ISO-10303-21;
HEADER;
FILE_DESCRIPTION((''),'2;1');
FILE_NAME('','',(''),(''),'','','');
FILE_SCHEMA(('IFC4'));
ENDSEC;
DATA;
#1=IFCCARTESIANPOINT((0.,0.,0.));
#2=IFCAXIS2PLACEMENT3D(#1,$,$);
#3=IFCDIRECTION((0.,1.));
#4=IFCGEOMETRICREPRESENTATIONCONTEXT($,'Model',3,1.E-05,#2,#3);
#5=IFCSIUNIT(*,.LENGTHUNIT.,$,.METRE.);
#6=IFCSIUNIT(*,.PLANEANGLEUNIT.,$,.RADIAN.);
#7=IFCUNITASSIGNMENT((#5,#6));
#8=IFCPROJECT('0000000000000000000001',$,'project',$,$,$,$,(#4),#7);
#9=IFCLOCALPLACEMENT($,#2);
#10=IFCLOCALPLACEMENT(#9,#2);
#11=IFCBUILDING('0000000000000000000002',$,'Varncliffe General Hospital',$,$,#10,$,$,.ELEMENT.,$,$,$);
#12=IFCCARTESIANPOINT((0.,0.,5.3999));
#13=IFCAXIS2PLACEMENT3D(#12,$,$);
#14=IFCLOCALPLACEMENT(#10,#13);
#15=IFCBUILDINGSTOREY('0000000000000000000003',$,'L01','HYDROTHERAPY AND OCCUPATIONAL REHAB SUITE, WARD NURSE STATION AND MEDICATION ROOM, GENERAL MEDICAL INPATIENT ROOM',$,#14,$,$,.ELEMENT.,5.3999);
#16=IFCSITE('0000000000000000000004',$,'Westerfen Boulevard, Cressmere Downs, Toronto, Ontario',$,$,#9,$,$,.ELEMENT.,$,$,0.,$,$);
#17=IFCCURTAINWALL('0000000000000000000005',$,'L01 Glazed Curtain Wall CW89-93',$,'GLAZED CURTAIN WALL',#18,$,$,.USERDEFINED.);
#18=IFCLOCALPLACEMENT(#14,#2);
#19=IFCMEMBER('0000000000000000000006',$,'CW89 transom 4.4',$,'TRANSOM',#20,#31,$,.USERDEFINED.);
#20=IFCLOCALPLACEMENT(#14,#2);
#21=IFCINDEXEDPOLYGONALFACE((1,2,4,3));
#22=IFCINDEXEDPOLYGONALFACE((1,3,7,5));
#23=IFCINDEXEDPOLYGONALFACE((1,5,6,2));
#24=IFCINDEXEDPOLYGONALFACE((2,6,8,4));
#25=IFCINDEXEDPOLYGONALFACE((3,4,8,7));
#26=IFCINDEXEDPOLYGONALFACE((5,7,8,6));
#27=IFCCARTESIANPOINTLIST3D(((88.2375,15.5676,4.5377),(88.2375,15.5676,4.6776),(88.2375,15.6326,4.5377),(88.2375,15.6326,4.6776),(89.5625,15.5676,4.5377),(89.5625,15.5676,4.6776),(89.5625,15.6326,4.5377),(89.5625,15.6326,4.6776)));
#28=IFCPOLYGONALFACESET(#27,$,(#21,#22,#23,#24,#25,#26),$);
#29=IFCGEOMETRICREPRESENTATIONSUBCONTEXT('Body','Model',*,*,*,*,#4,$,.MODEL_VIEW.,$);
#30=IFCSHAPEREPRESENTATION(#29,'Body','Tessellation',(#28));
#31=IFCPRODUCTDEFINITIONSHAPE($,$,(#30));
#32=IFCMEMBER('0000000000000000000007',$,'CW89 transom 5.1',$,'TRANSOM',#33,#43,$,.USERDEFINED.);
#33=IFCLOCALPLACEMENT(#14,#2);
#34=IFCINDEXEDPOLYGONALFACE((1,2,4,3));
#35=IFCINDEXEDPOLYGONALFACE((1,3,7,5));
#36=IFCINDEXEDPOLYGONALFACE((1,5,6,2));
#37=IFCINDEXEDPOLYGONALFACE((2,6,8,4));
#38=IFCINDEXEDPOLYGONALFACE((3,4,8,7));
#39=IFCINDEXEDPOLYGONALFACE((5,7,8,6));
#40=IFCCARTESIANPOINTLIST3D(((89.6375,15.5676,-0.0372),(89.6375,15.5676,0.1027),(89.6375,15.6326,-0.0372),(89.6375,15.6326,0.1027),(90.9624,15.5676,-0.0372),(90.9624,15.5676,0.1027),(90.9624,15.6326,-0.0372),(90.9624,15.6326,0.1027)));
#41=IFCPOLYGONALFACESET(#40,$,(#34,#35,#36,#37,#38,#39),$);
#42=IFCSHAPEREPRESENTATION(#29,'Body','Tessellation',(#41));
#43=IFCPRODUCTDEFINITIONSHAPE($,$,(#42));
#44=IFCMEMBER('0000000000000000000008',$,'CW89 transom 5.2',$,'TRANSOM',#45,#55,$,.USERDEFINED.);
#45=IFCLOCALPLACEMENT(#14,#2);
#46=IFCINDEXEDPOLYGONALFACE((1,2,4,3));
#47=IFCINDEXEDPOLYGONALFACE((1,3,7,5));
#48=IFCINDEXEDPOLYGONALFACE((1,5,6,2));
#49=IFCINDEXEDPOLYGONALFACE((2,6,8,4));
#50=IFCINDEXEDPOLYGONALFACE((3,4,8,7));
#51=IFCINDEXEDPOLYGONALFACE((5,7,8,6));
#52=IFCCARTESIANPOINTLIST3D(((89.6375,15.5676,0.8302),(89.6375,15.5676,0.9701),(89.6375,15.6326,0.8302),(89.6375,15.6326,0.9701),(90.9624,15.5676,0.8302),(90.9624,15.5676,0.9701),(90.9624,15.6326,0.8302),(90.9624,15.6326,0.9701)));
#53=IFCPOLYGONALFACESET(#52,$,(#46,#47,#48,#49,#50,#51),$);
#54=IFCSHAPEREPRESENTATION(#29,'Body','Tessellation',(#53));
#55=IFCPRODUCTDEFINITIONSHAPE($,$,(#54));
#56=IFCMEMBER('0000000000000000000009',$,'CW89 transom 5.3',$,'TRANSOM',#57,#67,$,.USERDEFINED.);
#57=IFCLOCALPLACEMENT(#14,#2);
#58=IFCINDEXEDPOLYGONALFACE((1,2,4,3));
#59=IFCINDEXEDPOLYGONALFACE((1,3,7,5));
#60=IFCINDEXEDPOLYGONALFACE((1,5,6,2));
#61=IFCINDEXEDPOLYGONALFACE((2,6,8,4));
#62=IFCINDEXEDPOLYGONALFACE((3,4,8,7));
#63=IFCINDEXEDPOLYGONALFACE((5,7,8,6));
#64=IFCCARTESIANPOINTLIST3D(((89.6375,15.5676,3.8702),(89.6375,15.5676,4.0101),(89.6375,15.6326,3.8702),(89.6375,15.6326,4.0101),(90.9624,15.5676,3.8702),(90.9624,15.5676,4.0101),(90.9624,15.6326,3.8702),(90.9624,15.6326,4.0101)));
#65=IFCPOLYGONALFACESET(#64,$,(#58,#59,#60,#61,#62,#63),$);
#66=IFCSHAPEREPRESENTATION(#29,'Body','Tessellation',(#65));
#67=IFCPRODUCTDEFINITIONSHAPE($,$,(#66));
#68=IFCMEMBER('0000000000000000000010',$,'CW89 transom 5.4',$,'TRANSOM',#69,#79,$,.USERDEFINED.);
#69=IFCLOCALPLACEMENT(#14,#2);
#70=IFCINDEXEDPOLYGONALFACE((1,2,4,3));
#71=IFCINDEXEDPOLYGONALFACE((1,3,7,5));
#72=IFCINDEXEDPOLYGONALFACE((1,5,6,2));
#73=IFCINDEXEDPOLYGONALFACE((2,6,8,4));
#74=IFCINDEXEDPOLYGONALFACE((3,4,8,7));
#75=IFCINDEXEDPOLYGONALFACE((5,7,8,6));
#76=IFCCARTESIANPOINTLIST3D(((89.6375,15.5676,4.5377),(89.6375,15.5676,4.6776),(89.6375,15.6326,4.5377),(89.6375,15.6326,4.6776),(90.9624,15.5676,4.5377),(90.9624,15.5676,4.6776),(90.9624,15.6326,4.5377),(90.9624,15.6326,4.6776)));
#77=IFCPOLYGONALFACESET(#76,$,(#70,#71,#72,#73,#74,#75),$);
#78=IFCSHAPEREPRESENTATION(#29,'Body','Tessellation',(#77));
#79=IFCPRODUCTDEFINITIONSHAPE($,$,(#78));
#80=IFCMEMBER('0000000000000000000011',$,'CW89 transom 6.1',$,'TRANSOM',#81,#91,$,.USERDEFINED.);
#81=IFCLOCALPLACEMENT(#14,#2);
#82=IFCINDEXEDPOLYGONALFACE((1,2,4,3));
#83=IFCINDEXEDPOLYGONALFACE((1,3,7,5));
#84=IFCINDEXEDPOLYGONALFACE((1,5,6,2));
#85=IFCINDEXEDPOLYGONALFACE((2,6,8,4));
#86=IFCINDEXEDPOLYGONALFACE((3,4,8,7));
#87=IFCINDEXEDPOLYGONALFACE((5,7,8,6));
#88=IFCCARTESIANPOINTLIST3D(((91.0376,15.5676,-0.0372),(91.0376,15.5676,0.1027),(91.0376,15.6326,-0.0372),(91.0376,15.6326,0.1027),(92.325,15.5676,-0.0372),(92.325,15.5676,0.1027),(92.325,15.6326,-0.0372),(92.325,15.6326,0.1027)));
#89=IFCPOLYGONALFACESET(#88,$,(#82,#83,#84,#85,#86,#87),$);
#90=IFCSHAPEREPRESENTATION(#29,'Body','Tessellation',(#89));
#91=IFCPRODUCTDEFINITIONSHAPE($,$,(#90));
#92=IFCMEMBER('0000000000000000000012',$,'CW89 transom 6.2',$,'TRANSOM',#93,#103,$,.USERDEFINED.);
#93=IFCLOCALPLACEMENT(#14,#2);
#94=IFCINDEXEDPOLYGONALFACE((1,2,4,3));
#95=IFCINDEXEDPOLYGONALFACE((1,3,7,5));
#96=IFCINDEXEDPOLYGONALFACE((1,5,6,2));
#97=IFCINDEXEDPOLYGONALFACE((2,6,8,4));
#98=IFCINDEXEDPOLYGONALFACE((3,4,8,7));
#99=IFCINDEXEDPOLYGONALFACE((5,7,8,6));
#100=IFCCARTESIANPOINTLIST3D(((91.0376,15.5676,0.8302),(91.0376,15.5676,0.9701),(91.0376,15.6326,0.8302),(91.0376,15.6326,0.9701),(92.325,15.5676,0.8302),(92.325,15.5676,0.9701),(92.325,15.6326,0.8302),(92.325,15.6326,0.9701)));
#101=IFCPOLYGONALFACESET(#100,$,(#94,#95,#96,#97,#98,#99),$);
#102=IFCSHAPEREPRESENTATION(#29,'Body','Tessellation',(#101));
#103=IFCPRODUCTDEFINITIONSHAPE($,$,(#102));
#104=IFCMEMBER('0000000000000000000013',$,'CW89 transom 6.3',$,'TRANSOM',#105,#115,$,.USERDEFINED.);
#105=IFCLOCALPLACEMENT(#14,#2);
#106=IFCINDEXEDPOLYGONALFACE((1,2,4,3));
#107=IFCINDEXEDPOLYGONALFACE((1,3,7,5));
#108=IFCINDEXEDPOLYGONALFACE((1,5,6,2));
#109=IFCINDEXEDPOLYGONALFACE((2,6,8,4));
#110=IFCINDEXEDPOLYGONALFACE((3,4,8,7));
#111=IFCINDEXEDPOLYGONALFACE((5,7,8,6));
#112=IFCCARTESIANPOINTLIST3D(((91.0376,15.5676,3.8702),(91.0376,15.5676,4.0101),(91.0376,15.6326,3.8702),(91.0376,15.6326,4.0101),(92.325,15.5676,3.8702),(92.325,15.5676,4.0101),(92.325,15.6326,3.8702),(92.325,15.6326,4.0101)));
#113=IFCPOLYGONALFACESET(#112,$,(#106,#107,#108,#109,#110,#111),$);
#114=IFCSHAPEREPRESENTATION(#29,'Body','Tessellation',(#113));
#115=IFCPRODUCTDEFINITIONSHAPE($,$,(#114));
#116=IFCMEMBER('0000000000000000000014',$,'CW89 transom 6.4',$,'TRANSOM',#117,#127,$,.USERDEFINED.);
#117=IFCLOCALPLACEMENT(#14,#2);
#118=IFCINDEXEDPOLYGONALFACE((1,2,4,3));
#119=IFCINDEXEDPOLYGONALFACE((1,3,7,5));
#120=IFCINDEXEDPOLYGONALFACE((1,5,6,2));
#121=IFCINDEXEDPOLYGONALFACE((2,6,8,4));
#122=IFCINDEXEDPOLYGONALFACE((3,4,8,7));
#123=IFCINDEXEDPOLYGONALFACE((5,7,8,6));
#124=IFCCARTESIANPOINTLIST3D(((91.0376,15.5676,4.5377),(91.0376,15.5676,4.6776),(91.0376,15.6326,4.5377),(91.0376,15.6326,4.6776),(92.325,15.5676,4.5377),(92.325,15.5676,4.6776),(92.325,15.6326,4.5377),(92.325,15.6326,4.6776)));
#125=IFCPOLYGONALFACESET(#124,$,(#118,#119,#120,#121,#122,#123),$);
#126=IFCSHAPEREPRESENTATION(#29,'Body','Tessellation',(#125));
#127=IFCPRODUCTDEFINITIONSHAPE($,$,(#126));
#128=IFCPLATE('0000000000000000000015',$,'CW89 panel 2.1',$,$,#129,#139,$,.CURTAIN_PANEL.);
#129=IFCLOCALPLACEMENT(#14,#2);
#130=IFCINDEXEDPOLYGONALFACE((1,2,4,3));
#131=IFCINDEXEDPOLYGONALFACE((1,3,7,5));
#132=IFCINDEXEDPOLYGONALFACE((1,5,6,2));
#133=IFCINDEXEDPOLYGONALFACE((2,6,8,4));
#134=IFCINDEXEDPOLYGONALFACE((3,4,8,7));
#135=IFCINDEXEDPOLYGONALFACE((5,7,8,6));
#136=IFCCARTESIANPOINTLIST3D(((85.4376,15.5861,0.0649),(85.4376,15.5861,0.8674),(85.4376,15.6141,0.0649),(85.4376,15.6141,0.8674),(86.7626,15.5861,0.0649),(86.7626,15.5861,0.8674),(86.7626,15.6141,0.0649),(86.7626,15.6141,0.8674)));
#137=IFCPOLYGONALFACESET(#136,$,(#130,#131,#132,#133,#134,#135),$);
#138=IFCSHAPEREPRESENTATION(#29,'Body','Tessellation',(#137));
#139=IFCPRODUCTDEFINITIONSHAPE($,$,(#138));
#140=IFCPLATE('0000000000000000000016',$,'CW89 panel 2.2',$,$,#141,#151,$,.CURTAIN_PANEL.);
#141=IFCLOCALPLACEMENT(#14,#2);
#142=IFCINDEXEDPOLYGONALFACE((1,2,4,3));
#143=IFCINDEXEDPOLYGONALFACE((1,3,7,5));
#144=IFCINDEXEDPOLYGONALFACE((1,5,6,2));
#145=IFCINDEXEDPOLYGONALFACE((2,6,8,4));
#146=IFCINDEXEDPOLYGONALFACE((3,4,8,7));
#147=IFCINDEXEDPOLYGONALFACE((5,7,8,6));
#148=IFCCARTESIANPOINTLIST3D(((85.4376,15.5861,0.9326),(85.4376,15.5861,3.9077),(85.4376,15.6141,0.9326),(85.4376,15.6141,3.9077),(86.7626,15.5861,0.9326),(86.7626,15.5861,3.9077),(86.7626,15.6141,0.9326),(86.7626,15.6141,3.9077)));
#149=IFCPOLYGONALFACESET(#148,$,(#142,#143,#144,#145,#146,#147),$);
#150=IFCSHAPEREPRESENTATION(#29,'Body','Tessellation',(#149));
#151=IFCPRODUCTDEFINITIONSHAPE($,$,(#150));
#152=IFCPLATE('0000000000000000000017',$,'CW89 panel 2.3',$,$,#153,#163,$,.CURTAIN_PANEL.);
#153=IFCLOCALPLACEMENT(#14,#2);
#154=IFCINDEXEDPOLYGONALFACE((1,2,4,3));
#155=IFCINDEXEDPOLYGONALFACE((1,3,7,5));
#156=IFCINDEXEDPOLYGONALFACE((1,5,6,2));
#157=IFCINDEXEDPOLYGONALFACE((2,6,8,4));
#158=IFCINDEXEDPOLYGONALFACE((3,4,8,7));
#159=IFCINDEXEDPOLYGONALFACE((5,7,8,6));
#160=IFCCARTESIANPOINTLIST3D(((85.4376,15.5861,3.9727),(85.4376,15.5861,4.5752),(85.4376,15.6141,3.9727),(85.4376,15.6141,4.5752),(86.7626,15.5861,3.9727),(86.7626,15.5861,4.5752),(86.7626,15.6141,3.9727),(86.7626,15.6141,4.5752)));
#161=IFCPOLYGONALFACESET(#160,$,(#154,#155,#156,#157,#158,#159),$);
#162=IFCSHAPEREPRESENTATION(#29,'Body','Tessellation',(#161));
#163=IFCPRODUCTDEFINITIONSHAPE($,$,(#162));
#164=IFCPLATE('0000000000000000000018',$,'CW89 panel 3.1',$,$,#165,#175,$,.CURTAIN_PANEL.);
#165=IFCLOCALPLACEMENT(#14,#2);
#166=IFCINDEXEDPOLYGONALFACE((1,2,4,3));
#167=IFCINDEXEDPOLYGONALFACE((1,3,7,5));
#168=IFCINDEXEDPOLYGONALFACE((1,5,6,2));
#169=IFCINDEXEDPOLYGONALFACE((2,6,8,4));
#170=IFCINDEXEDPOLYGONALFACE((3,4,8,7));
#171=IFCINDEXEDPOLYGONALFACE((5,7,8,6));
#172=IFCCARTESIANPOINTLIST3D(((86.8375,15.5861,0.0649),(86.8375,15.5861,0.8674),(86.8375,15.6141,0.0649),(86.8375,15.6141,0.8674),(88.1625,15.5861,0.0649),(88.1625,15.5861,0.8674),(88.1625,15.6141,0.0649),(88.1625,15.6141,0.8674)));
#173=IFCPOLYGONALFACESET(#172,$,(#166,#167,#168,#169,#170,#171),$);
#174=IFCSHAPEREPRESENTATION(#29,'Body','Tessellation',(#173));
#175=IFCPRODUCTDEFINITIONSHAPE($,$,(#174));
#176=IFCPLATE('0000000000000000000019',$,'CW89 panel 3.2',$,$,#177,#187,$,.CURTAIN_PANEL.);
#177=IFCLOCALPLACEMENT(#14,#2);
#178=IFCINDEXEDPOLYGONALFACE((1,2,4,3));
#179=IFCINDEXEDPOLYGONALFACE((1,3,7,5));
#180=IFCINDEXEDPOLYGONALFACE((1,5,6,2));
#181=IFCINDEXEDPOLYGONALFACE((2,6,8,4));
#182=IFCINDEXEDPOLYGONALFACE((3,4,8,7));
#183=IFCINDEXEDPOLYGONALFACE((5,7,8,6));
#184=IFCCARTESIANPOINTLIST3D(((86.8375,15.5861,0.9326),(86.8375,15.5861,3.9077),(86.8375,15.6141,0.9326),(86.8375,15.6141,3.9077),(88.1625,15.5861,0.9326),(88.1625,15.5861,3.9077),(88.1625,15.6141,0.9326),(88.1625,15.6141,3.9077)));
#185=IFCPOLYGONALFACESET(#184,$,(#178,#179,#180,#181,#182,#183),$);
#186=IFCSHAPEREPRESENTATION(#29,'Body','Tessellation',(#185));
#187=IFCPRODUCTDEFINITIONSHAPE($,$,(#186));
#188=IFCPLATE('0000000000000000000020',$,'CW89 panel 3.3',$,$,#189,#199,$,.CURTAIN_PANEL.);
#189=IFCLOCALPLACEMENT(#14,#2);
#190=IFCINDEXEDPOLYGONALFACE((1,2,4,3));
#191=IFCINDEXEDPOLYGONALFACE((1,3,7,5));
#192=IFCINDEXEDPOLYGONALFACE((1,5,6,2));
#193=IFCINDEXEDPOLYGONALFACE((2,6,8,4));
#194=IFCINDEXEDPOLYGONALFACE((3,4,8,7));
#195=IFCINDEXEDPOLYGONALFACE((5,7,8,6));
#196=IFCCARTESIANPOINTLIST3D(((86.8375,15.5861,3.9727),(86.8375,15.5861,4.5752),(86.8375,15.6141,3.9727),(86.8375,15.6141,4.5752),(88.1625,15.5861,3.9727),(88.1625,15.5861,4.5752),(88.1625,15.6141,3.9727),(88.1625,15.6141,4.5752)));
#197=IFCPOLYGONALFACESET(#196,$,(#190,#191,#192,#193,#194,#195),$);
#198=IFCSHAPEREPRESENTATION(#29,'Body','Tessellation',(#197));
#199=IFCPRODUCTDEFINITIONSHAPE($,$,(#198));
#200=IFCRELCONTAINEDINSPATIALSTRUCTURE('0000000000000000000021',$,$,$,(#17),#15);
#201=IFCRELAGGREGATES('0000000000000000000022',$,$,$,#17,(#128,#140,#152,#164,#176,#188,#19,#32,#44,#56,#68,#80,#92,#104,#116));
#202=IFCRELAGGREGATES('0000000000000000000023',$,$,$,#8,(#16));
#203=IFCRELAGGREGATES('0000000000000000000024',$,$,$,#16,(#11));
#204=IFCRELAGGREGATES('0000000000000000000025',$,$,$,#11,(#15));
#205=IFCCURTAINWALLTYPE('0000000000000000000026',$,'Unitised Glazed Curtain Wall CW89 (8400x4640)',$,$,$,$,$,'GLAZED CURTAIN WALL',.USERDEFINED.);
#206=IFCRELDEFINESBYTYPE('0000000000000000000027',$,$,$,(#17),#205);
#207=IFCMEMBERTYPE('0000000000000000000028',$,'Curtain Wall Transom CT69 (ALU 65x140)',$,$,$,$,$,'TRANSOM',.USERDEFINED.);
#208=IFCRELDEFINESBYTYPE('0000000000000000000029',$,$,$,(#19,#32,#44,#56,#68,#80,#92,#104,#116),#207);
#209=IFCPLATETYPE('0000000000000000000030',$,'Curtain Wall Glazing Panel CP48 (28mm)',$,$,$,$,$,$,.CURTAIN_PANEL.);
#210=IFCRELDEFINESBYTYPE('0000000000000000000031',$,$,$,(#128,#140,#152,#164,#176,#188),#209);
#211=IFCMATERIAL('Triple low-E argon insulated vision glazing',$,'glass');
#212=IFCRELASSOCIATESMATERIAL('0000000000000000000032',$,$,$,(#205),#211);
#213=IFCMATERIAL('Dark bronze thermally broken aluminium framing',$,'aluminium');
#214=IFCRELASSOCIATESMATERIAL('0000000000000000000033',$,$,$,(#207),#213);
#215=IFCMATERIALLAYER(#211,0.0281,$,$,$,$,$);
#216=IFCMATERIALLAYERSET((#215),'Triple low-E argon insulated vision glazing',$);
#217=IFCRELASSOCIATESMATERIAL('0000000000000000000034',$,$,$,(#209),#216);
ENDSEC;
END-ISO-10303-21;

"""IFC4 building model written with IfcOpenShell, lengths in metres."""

from ifc_helpers import new_model, si_unit, direction, frame, origin, origin_2d, place, context, subcontext, project, spatial, rectangle, extrude, material, layer, layer_set, material_profile, profile_set, type_object, element, aggregate, save


model = new_model("IFC4")

# Units and contexts
model_context = context("Model", 3, precision=1e-05, world=origin(), true_north=direction((0.0, 1.0)))
body_context = subcontext(model_context, "Body", "Model", "MODEL_VIEW")
ifc_project = project(units=[si_unit("LENGTHUNIT", "METRE"), si_unit("PLANEANGLEUNIT", "RADIAN")], contexts=[model_context])

# Site, building, storey
site_placement = place(None, origin())
site = spatial("IfcSite", under=ifc_project, at=site_placement, Name="Westerfen Boulevard, Cressmere Downs, Toronto, Ontario", CompositionType="ELEMENT", RefElevation=0.0)
building_placement = place(site_placement, origin())
building = spatial("IfcBuilding", under=site, at=building_placement, Name="Varncliffe General Hospital", CompositionType="ELEMENT")
storey_placement = place(building_placement, frame((0.0, 0.0, 5.3999)))
storey = spatial("IfcBuildingStorey", under=building, at=storey_placement, Name="L01", Description="HYDROTHERAPY AND OCCUPATIONAL REHAB SUITE, WARD NURSE STATION AND MEDICATION ROOM, GENERAL MEDICAL INPATIENT ROOM", CompositionType="ELEMENT", Elevation=5.3999)

# Curtain wall, members, plates
ifc_material_1 = material(Name="Triple low-E argon insulated vision glazing", Category="glass")
curtain_wall_type = type_object("IfcCurtainWallType", Name="Unitised Glazed Curtain Wall CW89 (8400x4640)", ElementType="GLAZED CURTAIN WALL", PredefinedType="USERDEFINED", material=ifc_material_1)
curtain_wall_placement = place(storey_placement, origin())
curtain_wall = element("IfcCurtainWall", 1, at=curtain_wall_placement, inside=storey, type_object=curtain_wall_type, Name="L01 Glazed Curtain Wall CW89-93", ObjectType="GLAZED CURTAIN WALL", PredefinedType="USERDEFINED")
ifc_material_2 = material(Name="Dark bronze thermally broken aluminium framing", Category="aluminium")
ifc_material_profile_1 = material_profile(ifc_material_2, rectangle(XDim=0.0649, YDim=0.1399, at=origin_2d()), Name="ALU 65x140")
ifc_profile_set_1 = profile_set([ifc_material_profile_1], Name="Dark bronze thermally broken aluminium framing")
member_type_1 = type_object("IfcMemberType", Name="Curtain Wall Transom CT69 (ALU 65x140)", ElementType="TRANSOM", PredefinedType="USERDEFINED", material=ifc_profile_set_1)
member_1_placement = place(storey_placement, frame((88.2375, 15.6001, 4.6077), z_axis=(1.0, 0.0, 0.0), x_axis=(0.0, 1.0, 0.0)))
member_1 = element("IfcMember", 2, at=member_1_placement, type_object=member_type_1, Name="CW89 transom 4.4", ObjectType="TRANSOM", PredefinedType="USERDEFINED", context=body_context, shape_type="SweptSolid", body=[
    extrude(rectangle(XDim=0.0649, YDim=0.1399, at=origin_2d()), origin(), (0.0, 0.0, 1.0), 1.325),
])
member_2_placement = place(storey_placement, frame((89.6375, 15.6001, 0.0327), z_axis=(1.0, 0.0, 0.0), x_axis=(0.0, 1.0, 0.0)))
member_2 = element("IfcMember", 3, at=member_2_placement, type_object=member_type_1, Name="CW89 transom 5.1", ObjectType="TRANSOM", PredefinedType="USERDEFINED", context=body_context, shape_type="SweptSolid", body=[
    extrude(rectangle(XDim=0.0649, YDim=0.1399, at=origin_2d()), origin(), (0.0, 0.0, 1.0), 1.325),
])
member_3_placement = place(storey_placement, frame((89.6375, 15.6001, 0.9001), z_axis=(1.0, 0.0, 0.0), x_axis=(0.0, 1.0, 0.0)))
member_3 = element("IfcMember", 4, at=member_3_placement, type_object=member_type_1, Name="CW89 transom 5.2", ObjectType="TRANSOM", PredefinedType="USERDEFINED", context=body_context, shape_type="SweptSolid", body=[
    extrude(rectangle(XDim=0.0649, YDim=0.1399, at=origin_2d()), origin(), (0.0, 0.0, 1.0), 1.325),
])
member_4_placement = place(storey_placement, frame((89.6375, 15.6001, 3.9402), z_axis=(1.0, 0.0, 0.0), x_axis=(0.0, 1.0, 0.0)))
member_4 = element("IfcMember", 5, at=member_4_placement, type_object=member_type_1, Name="CW89 transom 5.3", ObjectType="TRANSOM", PredefinedType="USERDEFINED", context=body_context, shape_type="SweptSolid", body=[
    extrude(rectangle(XDim=0.0649, YDim=0.1399, at=origin_2d()), origin(), (0.0, 0.0, 1.0), 1.325),
])
member_5_placement = place(storey_placement, frame((89.6375, 15.6001, 4.6077), z_axis=(1.0, 0.0, 0.0), x_axis=(0.0, 1.0, 0.0)))
member_5 = element("IfcMember", 6, at=member_5_placement, type_object=member_type_1, Name="CW89 transom 5.4", ObjectType="TRANSOM", PredefinedType="USERDEFINED", context=body_context, shape_type="SweptSolid", body=[
    extrude(rectangle(XDim=0.0649, YDim=0.1399, at=origin_2d()), origin(), (0.0, 0.0, 1.0), 1.325),
])
member_6_placement = place(storey_placement, frame((91.0376, 15.6001, 0.0327), z_axis=(1.0, 0.0, 0.0), x_axis=(0.0, 1.0, 0.0)))
member_6 = element("IfcMember", 7, at=member_6_placement, type_object=member_type_1, Name="CW89 transom 6.1", ObjectType="TRANSOM", PredefinedType="USERDEFINED", context=body_context, shape_type="SweptSolid", body=[
    extrude(rectangle(XDim=0.0649, YDim=0.1399, at=origin_2d()), origin(), (0.0, 0.0, 1.0), 1.2874),
])
member_7_placement = place(storey_placement, frame((91.0376, 15.6001, 0.9001), z_axis=(1.0, 0.0, 0.0), x_axis=(0.0, 1.0, 0.0)))
member_7 = element("IfcMember", 8, at=member_7_placement, type_object=member_type_1, Name="CW89 transom 6.2", ObjectType="TRANSOM", PredefinedType="USERDEFINED", context=body_context, shape_type="SweptSolid", body=[
    extrude(rectangle(XDim=0.0649, YDim=0.1399, at=origin_2d()), origin(), (0.0, 0.0, 1.0), 1.2874),
])
member_8_placement = place(storey_placement, frame((91.0376, 15.6001, 3.9402), z_axis=(1.0, 0.0, 0.0), x_axis=(0.0, 1.0, 0.0)))
member_8 = element("IfcMember", 9, at=member_8_placement, type_object=member_type_1, Name="CW89 transom 6.3", ObjectType="TRANSOM", PredefinedType="USERDEFINED", context=body_context, shape_type="SweptSolid", body=[
    extrude(rectangle(XDim=0.0649, YDim=0.1399, at=origin_2d()), origin(), (0.0, 0.0, 1.0), 1.2874),
])
member_9_placement = place(storey_placement, frame((91.0376, 15.6001, 4.6077), z_axis=(1.0, 0.0, 0.0), x_axis=(0.0, 1.0, 0.0)))
member_9 = element("IfcMember", 10, at=member_9_placement, type_object=member_type_1, Name="CW89 transom 6.4", ObjectType="TRANSOM", PredefinedType="USERDEFINED", context=body_context, shape_type="SweptSolid", body=[
    extrude(rectangle(XDim=0.0649, YDim=0.1399, at=origin_2d()), origin(), (0.0, 0.0, 1.0), 1.2874),
])
ifc_layer = layer(ifc_material_1, 0.0281)
ifc_layer_set = layer_set([ifc_layer], Name="Triple low-E argon insulated vision glazing")
plate_type = type_object("IfcPlateType", Name="Curtain Wall Glazing Panel CP48 (28mm)", PredefinedType="CURTAIN_PANEL", material=ifc_layer_set)
plate_1_placement = place(storey_placement, frame((86.1001, 15.6001, 0.0649), z_axis=(0.0, 0.0, 1.0), x_axis=(1.0, 0.0, 0.0)))
plate_1 = element("IfcPlate", 11, at=plate_1_placement, type_object=plate_type, Name="CW89 panel 2.1", PredefinedType="CURTAIN_PANEL", context=body_context, shape_type="SweptSolid", body=[
    extrude(rectangle(XDim=1.325, YDim=0.0281, at=origin_2d()), origin(), (0.0, 0.0, 1.0), 0.8025),
])
plate_2_placement = place(storey_placement, frame((86.1001, 15.6001, 0.9326), z_axis=(0.0, 0.0, 1.0), x_axis=(1.0, 0.0, 0.0)))
plate_2 = element("IfcPlate", 12, at=plate_2_placement, type_object=plate_type, Name="CW89 panel 2.2", PredefinedType="CURTAIN_PANEL", context=body_context, shape_type="SweptSolid", body=[
    extrude(rectangle(XDim=1.325, YDim=0.0281, at=origin_2d()), origin(), (0.0, 0.0, 1.0), 2.9751),
])
plate_3_placement = place(storey_placement, frame((86.1001, 15.6001, 3.9727), z_axis=(0.0, 0.0, 1.0), x_axis=(1.0, 0.0, 0.0)))
plate_3 = element("IfcPlate", 13, at=plate_3_placement, type_object=plate_type, Name="CW89 panel 2.3", PredefinedType="CURTAIN_PANEL", context=body_context, shape_type="SweptSolid", body=[
    extrude(rectangle(XDim=1.325, YDim=0.0281, at=origin_2d()), origin(), (0.0, 0.0, 1.0), 0.6025),
])
plate_4_placement = place(storey_placement, frame((87.5, 15.6001, 0.0649), z_axis=(0.0, 0.0, 1.0), x_axis=(1.0, 0.0, 0.0)))
plate_4 = element("IfcPlate", 14, at=plate_4_placement, type_object=plate_type, Name="CW89 panel 3.1", PredefinedType="CURTAIN_PANEL", context=body_context, shape_type="SweptSolid", body=[
    extrude(rectangle(XDim=1.325, YDim=0.0281, at=origin_2d()), origin(), (0.0, 0.0, 1.0), 0.8025),
])
plate_5_placement = place(storey_placement, frame((87.5, 15.6001, 0.9326), z_axis=(0.0, 0.0, 1.0), x_axis=(1.0, 0.0, 0.0)))
plate_5 = element("IfcPlate", 15, at=plate_5_placement, type_object=plate_type, Name="CW89 panel 3.2", PredefinedType="CURTAIN_PANEL", context=body_context, shape_type="SweptSolid", body=[
    extrude(rectangle(XDim=1.325, YDim=0.0281, at=origin_2d()), origin(), (0.0, 0.0, 1.0), 2.9751),
])
plate_6_placement = place(storey_placement, frame((87.5, 15.6001, 3.9727), z_axis=(0.0, 0.0, 1.0), x_axis=(1.0, 0.0, 0.0)))
plate_6 = element("IfcPlate", 16, at=plate_6_placement, type_object=plate_type, Name="CW89 panel 3.3", PredefinedType="CURTAIN_PANEL", context=body_context, shape_type="SweptSolid", body=[
    extrude(rectangle(XDim=1.325, YDim=0.0281, at=origin_2d()), origin(), (0.0, 0.0, 1.0), 0.6025),
])
aggregate(curtain_wall, [plate_1, plate_2, plate_3, plate_4, plate_5, plate_6, member_1, member_2, member_3, member_4, member_5, member_6, member_7, member_8, member_9])

save(model, "model.ifc")
